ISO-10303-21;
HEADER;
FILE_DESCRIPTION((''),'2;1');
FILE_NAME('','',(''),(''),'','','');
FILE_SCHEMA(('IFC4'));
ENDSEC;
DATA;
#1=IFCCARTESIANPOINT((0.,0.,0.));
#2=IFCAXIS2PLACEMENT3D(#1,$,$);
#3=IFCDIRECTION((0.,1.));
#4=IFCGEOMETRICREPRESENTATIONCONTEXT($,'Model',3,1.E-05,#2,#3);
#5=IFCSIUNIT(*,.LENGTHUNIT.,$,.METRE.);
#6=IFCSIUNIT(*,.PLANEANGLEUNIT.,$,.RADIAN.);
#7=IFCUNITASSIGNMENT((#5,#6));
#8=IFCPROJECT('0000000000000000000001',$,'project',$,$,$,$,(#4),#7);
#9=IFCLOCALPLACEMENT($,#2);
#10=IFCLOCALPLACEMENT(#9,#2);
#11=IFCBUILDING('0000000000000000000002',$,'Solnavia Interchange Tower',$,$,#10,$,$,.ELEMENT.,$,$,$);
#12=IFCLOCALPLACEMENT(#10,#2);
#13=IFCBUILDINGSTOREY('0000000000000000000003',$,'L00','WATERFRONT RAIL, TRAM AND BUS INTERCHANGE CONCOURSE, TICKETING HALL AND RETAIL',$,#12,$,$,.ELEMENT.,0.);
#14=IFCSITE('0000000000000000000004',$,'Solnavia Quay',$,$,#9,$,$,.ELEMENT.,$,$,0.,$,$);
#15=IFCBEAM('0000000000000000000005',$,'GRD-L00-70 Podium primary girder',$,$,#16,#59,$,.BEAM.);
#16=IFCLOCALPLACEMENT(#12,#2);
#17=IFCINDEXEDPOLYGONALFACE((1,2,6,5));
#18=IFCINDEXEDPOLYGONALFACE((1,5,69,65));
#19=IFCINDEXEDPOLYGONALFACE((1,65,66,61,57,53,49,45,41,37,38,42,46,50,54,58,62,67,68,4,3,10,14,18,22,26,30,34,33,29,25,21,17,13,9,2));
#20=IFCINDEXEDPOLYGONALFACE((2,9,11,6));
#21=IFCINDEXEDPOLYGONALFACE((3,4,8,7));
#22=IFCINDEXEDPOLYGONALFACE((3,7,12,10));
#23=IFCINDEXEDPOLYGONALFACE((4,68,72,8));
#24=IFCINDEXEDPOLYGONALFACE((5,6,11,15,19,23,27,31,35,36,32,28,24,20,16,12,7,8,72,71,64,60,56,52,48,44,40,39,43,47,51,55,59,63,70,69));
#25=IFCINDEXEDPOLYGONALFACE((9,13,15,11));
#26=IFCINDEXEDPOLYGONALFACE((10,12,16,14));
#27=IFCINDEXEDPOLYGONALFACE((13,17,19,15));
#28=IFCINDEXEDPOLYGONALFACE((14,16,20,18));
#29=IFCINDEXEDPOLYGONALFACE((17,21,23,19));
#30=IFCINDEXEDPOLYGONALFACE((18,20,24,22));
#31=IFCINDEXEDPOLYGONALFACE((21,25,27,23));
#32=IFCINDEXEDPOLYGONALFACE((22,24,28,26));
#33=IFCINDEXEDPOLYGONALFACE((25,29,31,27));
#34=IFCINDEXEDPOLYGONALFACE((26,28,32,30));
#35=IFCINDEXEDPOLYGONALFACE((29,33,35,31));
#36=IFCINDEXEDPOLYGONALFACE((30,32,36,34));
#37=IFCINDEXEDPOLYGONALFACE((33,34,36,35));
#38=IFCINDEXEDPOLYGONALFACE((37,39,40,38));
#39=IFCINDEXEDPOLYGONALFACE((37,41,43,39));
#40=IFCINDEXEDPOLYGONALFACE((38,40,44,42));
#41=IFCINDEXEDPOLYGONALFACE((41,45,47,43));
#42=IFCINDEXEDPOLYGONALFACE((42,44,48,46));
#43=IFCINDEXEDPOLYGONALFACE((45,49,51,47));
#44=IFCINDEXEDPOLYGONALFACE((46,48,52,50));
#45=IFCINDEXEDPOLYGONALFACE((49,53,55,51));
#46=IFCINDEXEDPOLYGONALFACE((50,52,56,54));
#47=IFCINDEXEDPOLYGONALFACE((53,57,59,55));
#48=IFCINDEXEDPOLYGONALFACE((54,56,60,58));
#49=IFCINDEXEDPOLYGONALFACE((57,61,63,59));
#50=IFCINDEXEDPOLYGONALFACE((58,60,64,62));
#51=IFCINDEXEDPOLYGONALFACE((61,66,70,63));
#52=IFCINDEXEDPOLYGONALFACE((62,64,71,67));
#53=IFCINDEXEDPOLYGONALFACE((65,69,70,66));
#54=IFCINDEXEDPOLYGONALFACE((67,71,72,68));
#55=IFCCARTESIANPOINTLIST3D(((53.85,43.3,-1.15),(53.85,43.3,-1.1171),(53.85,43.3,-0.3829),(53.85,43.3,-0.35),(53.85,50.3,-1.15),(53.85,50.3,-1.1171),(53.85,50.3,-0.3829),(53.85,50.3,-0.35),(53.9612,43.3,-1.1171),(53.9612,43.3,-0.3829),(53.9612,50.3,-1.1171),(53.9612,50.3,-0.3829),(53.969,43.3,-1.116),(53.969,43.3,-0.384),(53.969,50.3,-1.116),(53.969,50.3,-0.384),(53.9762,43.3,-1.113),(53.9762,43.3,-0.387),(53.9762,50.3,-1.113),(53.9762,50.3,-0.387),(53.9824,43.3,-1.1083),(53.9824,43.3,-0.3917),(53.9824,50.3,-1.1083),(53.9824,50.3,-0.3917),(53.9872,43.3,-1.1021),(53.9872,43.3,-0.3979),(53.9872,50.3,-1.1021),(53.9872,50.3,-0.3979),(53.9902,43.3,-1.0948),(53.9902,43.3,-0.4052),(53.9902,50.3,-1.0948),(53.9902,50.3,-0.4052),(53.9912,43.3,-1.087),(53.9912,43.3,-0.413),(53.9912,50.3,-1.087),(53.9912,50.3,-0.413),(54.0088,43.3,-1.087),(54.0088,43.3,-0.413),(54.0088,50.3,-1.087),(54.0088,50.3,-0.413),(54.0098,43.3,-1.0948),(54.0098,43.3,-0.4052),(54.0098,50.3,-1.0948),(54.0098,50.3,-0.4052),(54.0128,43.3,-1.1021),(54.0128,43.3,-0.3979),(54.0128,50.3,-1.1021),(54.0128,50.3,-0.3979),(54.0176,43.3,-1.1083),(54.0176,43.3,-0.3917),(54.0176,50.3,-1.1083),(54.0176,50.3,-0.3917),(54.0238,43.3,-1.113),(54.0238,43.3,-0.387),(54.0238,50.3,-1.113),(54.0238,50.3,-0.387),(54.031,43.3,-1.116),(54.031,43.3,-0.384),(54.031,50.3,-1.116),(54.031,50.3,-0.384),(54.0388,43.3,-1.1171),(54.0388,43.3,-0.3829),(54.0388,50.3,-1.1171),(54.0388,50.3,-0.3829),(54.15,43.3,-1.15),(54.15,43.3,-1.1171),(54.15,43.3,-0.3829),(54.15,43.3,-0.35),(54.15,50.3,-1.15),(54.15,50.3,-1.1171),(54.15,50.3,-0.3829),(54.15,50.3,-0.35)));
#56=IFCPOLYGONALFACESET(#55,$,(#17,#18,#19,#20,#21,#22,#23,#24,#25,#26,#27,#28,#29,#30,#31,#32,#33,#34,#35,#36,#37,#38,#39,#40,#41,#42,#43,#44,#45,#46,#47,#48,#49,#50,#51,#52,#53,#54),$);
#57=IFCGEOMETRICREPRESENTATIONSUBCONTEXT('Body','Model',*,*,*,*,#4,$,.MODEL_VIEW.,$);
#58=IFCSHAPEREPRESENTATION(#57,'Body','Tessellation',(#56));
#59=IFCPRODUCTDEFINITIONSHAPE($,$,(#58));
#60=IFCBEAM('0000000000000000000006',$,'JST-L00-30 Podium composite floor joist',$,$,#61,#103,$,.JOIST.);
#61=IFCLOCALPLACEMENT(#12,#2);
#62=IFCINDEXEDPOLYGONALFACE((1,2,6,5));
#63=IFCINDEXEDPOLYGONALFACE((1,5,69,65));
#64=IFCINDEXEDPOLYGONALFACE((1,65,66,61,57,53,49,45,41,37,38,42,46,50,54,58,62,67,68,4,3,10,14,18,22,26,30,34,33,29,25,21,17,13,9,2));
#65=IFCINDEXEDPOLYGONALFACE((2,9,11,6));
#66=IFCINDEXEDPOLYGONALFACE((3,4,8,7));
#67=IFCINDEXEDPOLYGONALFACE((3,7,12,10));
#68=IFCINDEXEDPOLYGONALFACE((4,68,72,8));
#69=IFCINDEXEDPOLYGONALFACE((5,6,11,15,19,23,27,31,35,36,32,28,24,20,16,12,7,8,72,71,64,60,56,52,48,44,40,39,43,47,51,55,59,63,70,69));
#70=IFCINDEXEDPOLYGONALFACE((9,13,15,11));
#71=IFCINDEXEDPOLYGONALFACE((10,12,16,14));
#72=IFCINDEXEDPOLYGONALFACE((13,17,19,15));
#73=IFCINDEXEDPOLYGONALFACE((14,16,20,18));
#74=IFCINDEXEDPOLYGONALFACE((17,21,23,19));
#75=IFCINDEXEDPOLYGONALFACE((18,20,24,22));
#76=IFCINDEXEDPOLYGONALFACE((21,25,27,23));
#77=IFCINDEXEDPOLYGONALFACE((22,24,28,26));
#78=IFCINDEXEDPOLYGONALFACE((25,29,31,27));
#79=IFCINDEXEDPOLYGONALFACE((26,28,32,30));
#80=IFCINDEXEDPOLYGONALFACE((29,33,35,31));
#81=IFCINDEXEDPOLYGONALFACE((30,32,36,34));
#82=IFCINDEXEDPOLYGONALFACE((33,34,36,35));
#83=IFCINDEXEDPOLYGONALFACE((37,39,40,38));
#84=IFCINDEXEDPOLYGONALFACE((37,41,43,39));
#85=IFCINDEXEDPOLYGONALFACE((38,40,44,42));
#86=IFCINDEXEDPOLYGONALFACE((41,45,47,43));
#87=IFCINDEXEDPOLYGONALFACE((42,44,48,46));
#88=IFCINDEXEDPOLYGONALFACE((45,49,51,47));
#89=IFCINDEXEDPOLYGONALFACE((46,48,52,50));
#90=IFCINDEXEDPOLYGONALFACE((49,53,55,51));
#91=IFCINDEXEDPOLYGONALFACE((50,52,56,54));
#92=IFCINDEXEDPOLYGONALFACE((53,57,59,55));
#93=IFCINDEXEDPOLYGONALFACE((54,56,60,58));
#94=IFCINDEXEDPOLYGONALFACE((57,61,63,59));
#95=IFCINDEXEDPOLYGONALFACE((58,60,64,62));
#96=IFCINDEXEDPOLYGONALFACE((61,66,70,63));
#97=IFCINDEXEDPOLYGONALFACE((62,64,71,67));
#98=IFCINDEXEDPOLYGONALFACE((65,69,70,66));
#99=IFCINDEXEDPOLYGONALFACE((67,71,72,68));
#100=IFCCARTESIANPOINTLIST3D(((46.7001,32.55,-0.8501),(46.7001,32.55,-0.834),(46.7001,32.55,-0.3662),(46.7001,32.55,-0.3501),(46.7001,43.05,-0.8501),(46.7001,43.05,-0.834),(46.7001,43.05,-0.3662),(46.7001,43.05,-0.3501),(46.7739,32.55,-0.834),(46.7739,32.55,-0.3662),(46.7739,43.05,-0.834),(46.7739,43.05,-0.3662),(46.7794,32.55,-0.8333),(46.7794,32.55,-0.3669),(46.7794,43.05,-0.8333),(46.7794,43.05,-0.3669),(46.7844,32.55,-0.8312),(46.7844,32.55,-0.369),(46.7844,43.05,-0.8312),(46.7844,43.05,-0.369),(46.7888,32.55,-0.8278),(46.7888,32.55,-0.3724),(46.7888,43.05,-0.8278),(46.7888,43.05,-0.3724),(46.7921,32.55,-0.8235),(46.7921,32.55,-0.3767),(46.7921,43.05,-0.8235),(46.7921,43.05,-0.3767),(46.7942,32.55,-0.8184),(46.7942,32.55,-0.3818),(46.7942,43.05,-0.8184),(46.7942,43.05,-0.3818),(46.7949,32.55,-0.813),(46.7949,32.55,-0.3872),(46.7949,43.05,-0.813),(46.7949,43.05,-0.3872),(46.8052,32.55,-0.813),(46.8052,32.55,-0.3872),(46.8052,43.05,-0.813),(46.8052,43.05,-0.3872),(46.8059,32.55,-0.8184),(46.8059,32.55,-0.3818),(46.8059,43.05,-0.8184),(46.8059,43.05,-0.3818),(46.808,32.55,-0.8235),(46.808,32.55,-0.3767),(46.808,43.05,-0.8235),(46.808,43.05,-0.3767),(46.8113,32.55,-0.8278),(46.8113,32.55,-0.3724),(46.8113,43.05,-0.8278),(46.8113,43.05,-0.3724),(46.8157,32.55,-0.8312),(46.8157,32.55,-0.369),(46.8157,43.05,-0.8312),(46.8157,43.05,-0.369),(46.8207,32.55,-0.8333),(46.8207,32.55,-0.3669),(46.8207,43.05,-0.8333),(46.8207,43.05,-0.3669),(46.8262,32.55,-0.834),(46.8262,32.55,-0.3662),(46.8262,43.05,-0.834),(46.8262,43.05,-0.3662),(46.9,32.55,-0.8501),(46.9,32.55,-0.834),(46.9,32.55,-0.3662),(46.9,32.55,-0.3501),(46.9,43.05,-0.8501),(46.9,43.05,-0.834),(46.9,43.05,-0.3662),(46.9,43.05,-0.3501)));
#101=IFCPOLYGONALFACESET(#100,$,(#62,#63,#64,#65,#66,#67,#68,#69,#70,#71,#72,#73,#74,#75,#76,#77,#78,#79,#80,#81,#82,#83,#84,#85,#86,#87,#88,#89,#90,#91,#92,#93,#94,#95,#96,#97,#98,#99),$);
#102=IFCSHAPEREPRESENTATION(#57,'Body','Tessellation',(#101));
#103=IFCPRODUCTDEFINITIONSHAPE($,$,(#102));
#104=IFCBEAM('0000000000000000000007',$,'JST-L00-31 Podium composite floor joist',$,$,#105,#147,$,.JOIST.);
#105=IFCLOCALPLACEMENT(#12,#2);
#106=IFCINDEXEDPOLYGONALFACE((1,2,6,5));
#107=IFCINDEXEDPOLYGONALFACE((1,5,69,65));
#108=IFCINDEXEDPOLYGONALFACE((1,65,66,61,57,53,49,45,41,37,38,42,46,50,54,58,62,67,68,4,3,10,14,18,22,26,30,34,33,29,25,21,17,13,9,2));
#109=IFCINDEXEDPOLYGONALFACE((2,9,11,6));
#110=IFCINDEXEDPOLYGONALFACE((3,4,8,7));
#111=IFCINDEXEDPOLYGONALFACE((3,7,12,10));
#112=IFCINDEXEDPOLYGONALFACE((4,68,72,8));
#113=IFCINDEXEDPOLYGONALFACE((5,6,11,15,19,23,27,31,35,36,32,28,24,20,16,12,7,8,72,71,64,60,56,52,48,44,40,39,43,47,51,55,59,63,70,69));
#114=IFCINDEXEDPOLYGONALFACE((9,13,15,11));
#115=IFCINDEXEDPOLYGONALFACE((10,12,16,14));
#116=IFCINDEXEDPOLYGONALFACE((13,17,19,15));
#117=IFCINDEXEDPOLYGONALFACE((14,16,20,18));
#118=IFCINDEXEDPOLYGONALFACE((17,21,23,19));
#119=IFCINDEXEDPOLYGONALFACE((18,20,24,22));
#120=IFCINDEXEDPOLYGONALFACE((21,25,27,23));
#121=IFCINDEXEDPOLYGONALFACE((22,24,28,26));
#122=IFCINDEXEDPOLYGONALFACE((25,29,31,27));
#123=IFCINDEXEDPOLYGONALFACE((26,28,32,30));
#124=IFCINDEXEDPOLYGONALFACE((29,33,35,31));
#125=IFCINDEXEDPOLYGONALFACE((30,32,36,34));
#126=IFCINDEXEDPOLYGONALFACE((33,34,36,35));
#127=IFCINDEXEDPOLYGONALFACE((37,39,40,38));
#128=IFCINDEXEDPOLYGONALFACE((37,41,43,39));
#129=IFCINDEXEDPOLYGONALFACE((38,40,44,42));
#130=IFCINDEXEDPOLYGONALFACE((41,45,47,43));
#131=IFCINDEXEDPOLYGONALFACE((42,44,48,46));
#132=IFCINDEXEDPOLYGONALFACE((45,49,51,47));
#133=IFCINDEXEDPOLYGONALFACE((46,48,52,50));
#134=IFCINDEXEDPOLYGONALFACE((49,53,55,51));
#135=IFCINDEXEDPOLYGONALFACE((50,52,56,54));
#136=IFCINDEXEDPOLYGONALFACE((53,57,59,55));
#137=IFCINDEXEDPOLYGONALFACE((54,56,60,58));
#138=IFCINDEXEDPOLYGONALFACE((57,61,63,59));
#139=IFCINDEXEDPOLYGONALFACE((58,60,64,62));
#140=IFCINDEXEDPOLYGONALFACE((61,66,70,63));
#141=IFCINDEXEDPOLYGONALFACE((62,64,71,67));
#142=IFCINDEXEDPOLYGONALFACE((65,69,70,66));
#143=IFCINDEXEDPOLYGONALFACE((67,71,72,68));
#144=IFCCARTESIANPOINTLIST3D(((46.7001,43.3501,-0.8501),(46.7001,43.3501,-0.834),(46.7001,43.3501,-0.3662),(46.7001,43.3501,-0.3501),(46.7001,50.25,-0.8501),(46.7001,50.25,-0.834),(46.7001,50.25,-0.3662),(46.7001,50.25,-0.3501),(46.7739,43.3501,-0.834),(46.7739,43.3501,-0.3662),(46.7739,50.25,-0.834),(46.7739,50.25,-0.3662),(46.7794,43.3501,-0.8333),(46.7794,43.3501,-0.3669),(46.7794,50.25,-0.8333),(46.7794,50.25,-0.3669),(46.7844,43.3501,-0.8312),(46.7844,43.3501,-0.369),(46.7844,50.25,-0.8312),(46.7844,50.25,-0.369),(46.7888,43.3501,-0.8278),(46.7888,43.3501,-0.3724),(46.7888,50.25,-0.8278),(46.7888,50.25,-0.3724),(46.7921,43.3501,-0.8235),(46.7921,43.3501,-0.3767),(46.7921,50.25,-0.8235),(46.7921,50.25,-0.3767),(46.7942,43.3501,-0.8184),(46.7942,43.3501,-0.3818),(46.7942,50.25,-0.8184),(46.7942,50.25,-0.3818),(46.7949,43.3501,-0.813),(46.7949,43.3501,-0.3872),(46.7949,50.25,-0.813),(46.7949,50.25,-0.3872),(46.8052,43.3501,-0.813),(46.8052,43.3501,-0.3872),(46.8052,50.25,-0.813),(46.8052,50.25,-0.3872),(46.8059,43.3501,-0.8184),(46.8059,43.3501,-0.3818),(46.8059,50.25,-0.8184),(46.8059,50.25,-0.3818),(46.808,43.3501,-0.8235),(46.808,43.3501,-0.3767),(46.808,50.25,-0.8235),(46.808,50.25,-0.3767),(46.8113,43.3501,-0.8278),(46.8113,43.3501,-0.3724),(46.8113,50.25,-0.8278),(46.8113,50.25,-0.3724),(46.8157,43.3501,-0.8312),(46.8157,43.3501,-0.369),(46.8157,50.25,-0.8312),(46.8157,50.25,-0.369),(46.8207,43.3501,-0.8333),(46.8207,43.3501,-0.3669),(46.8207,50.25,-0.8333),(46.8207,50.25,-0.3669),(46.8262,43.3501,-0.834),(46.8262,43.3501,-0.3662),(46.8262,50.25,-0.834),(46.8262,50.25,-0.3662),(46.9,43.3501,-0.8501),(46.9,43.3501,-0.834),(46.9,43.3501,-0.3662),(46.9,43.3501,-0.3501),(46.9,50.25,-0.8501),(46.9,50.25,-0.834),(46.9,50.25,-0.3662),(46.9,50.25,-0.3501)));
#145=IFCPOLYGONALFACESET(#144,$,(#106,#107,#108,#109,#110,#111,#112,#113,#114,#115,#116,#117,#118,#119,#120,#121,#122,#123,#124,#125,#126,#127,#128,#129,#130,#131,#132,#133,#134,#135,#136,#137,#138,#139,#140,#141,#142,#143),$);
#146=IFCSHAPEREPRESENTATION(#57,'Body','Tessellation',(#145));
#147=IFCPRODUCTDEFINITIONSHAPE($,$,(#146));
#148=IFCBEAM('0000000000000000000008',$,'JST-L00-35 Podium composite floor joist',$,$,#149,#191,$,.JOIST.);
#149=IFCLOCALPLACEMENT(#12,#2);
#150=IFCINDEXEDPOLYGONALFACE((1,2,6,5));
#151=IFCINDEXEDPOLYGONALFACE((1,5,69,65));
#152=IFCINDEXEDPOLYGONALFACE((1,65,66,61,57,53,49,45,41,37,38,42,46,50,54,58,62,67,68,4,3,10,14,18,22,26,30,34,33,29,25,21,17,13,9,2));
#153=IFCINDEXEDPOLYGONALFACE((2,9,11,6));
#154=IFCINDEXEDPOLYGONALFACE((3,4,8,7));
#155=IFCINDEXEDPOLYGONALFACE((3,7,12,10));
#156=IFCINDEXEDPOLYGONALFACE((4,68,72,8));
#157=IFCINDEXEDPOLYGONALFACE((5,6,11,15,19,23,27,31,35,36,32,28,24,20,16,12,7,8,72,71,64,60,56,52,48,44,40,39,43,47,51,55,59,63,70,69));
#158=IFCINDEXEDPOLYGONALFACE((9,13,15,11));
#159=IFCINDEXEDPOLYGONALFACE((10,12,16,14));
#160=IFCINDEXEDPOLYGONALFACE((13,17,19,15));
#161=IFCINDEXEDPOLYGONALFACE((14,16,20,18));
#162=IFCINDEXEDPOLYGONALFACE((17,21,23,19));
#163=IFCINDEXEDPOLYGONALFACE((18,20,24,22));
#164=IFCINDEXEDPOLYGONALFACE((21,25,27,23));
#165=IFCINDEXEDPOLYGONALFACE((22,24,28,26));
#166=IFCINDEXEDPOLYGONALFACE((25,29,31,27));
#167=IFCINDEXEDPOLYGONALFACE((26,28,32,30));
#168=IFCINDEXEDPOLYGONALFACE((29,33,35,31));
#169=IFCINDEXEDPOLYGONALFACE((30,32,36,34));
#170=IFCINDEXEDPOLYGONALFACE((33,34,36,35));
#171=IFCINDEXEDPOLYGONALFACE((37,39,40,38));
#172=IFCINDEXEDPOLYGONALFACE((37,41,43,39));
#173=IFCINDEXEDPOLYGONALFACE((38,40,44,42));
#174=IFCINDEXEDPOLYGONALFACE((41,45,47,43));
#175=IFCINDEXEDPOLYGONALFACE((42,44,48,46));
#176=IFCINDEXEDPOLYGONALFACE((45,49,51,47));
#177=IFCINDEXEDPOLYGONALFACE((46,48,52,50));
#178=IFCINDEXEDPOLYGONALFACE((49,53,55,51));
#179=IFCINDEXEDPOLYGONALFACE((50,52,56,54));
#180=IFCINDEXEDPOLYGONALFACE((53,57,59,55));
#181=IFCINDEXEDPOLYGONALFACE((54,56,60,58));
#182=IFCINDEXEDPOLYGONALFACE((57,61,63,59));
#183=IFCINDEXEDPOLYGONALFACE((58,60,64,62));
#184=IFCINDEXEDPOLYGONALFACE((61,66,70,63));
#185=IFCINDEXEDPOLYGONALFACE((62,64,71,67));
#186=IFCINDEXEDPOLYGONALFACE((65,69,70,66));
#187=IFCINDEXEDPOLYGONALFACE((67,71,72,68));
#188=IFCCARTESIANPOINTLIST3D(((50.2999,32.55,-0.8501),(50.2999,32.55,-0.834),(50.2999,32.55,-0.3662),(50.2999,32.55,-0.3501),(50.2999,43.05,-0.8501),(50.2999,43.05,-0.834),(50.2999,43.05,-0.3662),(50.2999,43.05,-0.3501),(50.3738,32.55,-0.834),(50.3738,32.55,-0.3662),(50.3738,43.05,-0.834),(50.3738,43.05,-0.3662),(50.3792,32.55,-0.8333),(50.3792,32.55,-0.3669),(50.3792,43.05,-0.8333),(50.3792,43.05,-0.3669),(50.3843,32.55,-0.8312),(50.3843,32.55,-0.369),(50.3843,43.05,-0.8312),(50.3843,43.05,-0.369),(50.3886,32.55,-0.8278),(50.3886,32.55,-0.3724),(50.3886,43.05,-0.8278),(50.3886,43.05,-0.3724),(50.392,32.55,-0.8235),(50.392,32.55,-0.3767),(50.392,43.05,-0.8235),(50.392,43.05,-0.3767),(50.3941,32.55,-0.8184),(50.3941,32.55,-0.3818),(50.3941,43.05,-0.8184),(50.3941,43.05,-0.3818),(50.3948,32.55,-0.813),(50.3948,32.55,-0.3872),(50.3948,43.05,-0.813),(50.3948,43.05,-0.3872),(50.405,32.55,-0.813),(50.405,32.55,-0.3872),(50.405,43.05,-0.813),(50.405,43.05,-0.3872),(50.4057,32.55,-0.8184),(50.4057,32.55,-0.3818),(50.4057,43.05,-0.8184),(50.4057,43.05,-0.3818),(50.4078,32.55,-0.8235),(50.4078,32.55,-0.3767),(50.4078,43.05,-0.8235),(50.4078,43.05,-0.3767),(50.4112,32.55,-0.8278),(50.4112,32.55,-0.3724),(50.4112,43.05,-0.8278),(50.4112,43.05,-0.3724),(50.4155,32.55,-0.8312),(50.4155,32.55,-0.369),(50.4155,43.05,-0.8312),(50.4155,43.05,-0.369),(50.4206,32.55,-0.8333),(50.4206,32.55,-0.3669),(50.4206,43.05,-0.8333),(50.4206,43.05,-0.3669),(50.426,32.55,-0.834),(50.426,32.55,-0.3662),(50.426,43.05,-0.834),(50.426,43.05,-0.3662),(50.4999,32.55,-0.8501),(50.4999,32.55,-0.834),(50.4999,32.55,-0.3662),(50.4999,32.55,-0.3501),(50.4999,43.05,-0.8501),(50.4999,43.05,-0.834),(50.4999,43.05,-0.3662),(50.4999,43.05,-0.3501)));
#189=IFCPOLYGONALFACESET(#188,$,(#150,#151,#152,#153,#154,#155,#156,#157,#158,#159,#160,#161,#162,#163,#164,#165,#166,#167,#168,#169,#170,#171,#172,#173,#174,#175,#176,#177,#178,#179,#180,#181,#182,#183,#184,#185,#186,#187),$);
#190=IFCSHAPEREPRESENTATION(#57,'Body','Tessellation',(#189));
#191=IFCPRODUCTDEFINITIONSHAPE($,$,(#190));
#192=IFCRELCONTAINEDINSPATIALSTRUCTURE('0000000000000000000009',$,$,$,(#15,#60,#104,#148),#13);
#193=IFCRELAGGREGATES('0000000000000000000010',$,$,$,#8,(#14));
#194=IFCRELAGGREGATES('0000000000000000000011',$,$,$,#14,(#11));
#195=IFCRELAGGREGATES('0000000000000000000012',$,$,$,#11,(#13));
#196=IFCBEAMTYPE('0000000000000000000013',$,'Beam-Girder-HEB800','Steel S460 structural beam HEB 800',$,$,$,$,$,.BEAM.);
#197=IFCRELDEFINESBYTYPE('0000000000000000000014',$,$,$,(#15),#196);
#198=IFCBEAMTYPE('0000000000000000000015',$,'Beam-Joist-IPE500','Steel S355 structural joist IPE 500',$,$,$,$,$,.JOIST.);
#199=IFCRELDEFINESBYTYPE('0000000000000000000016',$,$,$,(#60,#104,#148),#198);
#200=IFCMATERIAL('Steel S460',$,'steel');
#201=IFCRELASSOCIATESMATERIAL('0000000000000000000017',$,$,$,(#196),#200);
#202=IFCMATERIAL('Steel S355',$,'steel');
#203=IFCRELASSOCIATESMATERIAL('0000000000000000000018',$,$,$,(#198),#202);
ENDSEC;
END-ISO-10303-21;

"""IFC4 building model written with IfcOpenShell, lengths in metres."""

from ifc_helpers import new_model, si_unit, direction, frame, origin, origin_2d, place, context, subcontext, project, spatial, i_section, extrude, material, material_profile, profile_set, type_object, element, save


model = new_model("IFC4")

# Units and contexts
model_context = context("Model", 3, precision=1e-05, world=origin(), true_north=direction((0.0, 1.0)))
body_context = subcontext(model_context, "Body", "Model", "MODEL_VIEW")
ifc_project = project(units=[si_unit("LENGTHUNIT", "METRE"), si_unit("PLANEANGLEUNIT", "RADIAN")], contexts=[model_context])

# Site, building, storey
site_placement = place(None, origin())
site = spatial("IfcSite", under=ifc_project, at=site_placement, Name="Solnavia Quay", CompositionType="ELEMENT", RefElevation=0.0)
building_placement = place(site_placement, origin())
building = spatial("IfcBuilding", under=site, at=building_placement, Name="Solnavia Interchange Tower", CompositionType="ELEMENT")
storey_placement = place(building_placement, origin())
storey = spatial("IfcBuildingStorey", under=building, at=storey_placement, Name="L00", Description="WATERFRONT RAIL, TRAM AND BUS INTERCHANGE CONCOURSE, TICKETING HALL AND RETAIL", CompositionType="ELEMENT", Elevation=0.0)

# Beams
ifc_material_1 = material(Name="Steel S460", Category="steel")
ifc_material_profile_1 = material_profile(ifc_material_1, i_section(OverallWidth=0.3, OverallDepth=0.8, WebThickness=0.0176, FlangeThickness=0.033, FilletRadius=0.03, at=origin_2d()), Name="HEB 800")
ifc_profile_set_1 = profile_set([ifc_material_profile_1], Name="Steel S460")
beam_type_1 = type_object("IfcBeamType", Name="Beam-Girder-HEB800", Description="Steel S460 structural beam HEB 800", PredefinedType="BEAM", material=ifc_profile_set_1)
beam_1_placement = place(storey_placement, frame((54.0, 43.3, -0.75), z_axis=(0.0, 1.0, 0.0), x_axis=(-1.0, 0.0, 0.0)))
element("IfcBeam", 1, at=beam_1_placement, inside=storey, type_object=beam_type_1, Name="GRD-L00-70 Podium primary girder", PredefinedType="BEAM", context=body_context, shape_type="SweptSolid", body=[
    extrude(i_section(OverallWidth=0.3, OverallDepth=0.8, WebThickness=0.0176, FlangeThickness=0.033, FilletRadius=0.03, at=origin_2d()), origin(), (0.0, 0.0, 1.0), 7.0),
])
ifc_material_2 = material(Name="Steel S355", Category="steel")
ifc_material_profile_2 = material_profile(ifc_material_2, i_section(OverallWidth=0.2, OverallDepth=0.5, WebThickness=0.0103, FlangeThickness=0.0161, FilletRadius=0.021, at=origin_2d()), Name="IPE 500")
ifc_profile_set_2 = profile_set([ifc_material_profile_2], Name="Steel S355")
beam_type_2 = type_object("IfcBeamType", Name="Beam-Joist-IPE500", Description="Steel S355 structural joist IPE 500", PredefinedType="JOIST", material=ifc_profile_set_2)
beam_2_placement = place(storey_placement, frame((46.8, 32.55, -0.6001), z_axis=(0.0, 1.0, 0.0), x_axis=(-1.0, 0.0, 0.0)))
element("IfcBeam", 2, at=beam_2_placement, inside=storey, type_object=beam_type_2, Name="JST-L00-30 Podium composite floor joist", PredefinedType="JOIST", context=body_context, shape_type="SweptSolid", body=[
    extrude(i_section(OverallWidth=0.2, OverallDepth=0.5, WebThickness=0.0103, FlangeThickness=0.0161, FilletRadius=0.021, at=origin_2d()), origin(), (0.0, 0.0, 1.0), 10.5),
])
beam_3_placement = place(storey_placement, frame((46.8, 43.3501, -0.6001), z_axis=(0.0, 1.0, 0.0), x_axis=(-1.0, 0.0, 0.0)))
element("IfcBeam", 3, at=beam_3_placement, inside=storey, type_object=beam_type_2, Name="JST-L00-31 Podium composite floor joist", PredefinedType="JOIST", context=body_context, shape_type="SweptSolid", body=[
    extrude(i_section(OverallWidth=0.2, OverallDepth=0.5, WebThickness=0.0103, FlangeThickness=0.0161, FilletRadius=0.021, at=origin_2d()), origin(), (0.0, 0.0, 1.0), 6.8999),
])
beam_4_placement = place(storey_placement, frame((50.3999, 32.55, -0.6001), z_axis=(0.0, 1.0, 0.0), x_axis=(-1.0, 0.0, 0.0)))
element("IfcBeam", 4, at=beam_4_placement, inside=storey, type_object=beam_type_2, Name="JST-L00-35 Podium composite floor joist", PredefinedType="JOIST", context=body_context, shape_type="SweptSolid", body=[
    extrude(i_section(OverallWidth=0.2, OverallDepth=0.5, WebThickness=0.0103, FlangeThickness=0.0161, FilletRadius=0.021, at=origin_2d()), origin(), (0.0, 0.0, 1.0), 10.5),
])

save(model, "model.ifc")
